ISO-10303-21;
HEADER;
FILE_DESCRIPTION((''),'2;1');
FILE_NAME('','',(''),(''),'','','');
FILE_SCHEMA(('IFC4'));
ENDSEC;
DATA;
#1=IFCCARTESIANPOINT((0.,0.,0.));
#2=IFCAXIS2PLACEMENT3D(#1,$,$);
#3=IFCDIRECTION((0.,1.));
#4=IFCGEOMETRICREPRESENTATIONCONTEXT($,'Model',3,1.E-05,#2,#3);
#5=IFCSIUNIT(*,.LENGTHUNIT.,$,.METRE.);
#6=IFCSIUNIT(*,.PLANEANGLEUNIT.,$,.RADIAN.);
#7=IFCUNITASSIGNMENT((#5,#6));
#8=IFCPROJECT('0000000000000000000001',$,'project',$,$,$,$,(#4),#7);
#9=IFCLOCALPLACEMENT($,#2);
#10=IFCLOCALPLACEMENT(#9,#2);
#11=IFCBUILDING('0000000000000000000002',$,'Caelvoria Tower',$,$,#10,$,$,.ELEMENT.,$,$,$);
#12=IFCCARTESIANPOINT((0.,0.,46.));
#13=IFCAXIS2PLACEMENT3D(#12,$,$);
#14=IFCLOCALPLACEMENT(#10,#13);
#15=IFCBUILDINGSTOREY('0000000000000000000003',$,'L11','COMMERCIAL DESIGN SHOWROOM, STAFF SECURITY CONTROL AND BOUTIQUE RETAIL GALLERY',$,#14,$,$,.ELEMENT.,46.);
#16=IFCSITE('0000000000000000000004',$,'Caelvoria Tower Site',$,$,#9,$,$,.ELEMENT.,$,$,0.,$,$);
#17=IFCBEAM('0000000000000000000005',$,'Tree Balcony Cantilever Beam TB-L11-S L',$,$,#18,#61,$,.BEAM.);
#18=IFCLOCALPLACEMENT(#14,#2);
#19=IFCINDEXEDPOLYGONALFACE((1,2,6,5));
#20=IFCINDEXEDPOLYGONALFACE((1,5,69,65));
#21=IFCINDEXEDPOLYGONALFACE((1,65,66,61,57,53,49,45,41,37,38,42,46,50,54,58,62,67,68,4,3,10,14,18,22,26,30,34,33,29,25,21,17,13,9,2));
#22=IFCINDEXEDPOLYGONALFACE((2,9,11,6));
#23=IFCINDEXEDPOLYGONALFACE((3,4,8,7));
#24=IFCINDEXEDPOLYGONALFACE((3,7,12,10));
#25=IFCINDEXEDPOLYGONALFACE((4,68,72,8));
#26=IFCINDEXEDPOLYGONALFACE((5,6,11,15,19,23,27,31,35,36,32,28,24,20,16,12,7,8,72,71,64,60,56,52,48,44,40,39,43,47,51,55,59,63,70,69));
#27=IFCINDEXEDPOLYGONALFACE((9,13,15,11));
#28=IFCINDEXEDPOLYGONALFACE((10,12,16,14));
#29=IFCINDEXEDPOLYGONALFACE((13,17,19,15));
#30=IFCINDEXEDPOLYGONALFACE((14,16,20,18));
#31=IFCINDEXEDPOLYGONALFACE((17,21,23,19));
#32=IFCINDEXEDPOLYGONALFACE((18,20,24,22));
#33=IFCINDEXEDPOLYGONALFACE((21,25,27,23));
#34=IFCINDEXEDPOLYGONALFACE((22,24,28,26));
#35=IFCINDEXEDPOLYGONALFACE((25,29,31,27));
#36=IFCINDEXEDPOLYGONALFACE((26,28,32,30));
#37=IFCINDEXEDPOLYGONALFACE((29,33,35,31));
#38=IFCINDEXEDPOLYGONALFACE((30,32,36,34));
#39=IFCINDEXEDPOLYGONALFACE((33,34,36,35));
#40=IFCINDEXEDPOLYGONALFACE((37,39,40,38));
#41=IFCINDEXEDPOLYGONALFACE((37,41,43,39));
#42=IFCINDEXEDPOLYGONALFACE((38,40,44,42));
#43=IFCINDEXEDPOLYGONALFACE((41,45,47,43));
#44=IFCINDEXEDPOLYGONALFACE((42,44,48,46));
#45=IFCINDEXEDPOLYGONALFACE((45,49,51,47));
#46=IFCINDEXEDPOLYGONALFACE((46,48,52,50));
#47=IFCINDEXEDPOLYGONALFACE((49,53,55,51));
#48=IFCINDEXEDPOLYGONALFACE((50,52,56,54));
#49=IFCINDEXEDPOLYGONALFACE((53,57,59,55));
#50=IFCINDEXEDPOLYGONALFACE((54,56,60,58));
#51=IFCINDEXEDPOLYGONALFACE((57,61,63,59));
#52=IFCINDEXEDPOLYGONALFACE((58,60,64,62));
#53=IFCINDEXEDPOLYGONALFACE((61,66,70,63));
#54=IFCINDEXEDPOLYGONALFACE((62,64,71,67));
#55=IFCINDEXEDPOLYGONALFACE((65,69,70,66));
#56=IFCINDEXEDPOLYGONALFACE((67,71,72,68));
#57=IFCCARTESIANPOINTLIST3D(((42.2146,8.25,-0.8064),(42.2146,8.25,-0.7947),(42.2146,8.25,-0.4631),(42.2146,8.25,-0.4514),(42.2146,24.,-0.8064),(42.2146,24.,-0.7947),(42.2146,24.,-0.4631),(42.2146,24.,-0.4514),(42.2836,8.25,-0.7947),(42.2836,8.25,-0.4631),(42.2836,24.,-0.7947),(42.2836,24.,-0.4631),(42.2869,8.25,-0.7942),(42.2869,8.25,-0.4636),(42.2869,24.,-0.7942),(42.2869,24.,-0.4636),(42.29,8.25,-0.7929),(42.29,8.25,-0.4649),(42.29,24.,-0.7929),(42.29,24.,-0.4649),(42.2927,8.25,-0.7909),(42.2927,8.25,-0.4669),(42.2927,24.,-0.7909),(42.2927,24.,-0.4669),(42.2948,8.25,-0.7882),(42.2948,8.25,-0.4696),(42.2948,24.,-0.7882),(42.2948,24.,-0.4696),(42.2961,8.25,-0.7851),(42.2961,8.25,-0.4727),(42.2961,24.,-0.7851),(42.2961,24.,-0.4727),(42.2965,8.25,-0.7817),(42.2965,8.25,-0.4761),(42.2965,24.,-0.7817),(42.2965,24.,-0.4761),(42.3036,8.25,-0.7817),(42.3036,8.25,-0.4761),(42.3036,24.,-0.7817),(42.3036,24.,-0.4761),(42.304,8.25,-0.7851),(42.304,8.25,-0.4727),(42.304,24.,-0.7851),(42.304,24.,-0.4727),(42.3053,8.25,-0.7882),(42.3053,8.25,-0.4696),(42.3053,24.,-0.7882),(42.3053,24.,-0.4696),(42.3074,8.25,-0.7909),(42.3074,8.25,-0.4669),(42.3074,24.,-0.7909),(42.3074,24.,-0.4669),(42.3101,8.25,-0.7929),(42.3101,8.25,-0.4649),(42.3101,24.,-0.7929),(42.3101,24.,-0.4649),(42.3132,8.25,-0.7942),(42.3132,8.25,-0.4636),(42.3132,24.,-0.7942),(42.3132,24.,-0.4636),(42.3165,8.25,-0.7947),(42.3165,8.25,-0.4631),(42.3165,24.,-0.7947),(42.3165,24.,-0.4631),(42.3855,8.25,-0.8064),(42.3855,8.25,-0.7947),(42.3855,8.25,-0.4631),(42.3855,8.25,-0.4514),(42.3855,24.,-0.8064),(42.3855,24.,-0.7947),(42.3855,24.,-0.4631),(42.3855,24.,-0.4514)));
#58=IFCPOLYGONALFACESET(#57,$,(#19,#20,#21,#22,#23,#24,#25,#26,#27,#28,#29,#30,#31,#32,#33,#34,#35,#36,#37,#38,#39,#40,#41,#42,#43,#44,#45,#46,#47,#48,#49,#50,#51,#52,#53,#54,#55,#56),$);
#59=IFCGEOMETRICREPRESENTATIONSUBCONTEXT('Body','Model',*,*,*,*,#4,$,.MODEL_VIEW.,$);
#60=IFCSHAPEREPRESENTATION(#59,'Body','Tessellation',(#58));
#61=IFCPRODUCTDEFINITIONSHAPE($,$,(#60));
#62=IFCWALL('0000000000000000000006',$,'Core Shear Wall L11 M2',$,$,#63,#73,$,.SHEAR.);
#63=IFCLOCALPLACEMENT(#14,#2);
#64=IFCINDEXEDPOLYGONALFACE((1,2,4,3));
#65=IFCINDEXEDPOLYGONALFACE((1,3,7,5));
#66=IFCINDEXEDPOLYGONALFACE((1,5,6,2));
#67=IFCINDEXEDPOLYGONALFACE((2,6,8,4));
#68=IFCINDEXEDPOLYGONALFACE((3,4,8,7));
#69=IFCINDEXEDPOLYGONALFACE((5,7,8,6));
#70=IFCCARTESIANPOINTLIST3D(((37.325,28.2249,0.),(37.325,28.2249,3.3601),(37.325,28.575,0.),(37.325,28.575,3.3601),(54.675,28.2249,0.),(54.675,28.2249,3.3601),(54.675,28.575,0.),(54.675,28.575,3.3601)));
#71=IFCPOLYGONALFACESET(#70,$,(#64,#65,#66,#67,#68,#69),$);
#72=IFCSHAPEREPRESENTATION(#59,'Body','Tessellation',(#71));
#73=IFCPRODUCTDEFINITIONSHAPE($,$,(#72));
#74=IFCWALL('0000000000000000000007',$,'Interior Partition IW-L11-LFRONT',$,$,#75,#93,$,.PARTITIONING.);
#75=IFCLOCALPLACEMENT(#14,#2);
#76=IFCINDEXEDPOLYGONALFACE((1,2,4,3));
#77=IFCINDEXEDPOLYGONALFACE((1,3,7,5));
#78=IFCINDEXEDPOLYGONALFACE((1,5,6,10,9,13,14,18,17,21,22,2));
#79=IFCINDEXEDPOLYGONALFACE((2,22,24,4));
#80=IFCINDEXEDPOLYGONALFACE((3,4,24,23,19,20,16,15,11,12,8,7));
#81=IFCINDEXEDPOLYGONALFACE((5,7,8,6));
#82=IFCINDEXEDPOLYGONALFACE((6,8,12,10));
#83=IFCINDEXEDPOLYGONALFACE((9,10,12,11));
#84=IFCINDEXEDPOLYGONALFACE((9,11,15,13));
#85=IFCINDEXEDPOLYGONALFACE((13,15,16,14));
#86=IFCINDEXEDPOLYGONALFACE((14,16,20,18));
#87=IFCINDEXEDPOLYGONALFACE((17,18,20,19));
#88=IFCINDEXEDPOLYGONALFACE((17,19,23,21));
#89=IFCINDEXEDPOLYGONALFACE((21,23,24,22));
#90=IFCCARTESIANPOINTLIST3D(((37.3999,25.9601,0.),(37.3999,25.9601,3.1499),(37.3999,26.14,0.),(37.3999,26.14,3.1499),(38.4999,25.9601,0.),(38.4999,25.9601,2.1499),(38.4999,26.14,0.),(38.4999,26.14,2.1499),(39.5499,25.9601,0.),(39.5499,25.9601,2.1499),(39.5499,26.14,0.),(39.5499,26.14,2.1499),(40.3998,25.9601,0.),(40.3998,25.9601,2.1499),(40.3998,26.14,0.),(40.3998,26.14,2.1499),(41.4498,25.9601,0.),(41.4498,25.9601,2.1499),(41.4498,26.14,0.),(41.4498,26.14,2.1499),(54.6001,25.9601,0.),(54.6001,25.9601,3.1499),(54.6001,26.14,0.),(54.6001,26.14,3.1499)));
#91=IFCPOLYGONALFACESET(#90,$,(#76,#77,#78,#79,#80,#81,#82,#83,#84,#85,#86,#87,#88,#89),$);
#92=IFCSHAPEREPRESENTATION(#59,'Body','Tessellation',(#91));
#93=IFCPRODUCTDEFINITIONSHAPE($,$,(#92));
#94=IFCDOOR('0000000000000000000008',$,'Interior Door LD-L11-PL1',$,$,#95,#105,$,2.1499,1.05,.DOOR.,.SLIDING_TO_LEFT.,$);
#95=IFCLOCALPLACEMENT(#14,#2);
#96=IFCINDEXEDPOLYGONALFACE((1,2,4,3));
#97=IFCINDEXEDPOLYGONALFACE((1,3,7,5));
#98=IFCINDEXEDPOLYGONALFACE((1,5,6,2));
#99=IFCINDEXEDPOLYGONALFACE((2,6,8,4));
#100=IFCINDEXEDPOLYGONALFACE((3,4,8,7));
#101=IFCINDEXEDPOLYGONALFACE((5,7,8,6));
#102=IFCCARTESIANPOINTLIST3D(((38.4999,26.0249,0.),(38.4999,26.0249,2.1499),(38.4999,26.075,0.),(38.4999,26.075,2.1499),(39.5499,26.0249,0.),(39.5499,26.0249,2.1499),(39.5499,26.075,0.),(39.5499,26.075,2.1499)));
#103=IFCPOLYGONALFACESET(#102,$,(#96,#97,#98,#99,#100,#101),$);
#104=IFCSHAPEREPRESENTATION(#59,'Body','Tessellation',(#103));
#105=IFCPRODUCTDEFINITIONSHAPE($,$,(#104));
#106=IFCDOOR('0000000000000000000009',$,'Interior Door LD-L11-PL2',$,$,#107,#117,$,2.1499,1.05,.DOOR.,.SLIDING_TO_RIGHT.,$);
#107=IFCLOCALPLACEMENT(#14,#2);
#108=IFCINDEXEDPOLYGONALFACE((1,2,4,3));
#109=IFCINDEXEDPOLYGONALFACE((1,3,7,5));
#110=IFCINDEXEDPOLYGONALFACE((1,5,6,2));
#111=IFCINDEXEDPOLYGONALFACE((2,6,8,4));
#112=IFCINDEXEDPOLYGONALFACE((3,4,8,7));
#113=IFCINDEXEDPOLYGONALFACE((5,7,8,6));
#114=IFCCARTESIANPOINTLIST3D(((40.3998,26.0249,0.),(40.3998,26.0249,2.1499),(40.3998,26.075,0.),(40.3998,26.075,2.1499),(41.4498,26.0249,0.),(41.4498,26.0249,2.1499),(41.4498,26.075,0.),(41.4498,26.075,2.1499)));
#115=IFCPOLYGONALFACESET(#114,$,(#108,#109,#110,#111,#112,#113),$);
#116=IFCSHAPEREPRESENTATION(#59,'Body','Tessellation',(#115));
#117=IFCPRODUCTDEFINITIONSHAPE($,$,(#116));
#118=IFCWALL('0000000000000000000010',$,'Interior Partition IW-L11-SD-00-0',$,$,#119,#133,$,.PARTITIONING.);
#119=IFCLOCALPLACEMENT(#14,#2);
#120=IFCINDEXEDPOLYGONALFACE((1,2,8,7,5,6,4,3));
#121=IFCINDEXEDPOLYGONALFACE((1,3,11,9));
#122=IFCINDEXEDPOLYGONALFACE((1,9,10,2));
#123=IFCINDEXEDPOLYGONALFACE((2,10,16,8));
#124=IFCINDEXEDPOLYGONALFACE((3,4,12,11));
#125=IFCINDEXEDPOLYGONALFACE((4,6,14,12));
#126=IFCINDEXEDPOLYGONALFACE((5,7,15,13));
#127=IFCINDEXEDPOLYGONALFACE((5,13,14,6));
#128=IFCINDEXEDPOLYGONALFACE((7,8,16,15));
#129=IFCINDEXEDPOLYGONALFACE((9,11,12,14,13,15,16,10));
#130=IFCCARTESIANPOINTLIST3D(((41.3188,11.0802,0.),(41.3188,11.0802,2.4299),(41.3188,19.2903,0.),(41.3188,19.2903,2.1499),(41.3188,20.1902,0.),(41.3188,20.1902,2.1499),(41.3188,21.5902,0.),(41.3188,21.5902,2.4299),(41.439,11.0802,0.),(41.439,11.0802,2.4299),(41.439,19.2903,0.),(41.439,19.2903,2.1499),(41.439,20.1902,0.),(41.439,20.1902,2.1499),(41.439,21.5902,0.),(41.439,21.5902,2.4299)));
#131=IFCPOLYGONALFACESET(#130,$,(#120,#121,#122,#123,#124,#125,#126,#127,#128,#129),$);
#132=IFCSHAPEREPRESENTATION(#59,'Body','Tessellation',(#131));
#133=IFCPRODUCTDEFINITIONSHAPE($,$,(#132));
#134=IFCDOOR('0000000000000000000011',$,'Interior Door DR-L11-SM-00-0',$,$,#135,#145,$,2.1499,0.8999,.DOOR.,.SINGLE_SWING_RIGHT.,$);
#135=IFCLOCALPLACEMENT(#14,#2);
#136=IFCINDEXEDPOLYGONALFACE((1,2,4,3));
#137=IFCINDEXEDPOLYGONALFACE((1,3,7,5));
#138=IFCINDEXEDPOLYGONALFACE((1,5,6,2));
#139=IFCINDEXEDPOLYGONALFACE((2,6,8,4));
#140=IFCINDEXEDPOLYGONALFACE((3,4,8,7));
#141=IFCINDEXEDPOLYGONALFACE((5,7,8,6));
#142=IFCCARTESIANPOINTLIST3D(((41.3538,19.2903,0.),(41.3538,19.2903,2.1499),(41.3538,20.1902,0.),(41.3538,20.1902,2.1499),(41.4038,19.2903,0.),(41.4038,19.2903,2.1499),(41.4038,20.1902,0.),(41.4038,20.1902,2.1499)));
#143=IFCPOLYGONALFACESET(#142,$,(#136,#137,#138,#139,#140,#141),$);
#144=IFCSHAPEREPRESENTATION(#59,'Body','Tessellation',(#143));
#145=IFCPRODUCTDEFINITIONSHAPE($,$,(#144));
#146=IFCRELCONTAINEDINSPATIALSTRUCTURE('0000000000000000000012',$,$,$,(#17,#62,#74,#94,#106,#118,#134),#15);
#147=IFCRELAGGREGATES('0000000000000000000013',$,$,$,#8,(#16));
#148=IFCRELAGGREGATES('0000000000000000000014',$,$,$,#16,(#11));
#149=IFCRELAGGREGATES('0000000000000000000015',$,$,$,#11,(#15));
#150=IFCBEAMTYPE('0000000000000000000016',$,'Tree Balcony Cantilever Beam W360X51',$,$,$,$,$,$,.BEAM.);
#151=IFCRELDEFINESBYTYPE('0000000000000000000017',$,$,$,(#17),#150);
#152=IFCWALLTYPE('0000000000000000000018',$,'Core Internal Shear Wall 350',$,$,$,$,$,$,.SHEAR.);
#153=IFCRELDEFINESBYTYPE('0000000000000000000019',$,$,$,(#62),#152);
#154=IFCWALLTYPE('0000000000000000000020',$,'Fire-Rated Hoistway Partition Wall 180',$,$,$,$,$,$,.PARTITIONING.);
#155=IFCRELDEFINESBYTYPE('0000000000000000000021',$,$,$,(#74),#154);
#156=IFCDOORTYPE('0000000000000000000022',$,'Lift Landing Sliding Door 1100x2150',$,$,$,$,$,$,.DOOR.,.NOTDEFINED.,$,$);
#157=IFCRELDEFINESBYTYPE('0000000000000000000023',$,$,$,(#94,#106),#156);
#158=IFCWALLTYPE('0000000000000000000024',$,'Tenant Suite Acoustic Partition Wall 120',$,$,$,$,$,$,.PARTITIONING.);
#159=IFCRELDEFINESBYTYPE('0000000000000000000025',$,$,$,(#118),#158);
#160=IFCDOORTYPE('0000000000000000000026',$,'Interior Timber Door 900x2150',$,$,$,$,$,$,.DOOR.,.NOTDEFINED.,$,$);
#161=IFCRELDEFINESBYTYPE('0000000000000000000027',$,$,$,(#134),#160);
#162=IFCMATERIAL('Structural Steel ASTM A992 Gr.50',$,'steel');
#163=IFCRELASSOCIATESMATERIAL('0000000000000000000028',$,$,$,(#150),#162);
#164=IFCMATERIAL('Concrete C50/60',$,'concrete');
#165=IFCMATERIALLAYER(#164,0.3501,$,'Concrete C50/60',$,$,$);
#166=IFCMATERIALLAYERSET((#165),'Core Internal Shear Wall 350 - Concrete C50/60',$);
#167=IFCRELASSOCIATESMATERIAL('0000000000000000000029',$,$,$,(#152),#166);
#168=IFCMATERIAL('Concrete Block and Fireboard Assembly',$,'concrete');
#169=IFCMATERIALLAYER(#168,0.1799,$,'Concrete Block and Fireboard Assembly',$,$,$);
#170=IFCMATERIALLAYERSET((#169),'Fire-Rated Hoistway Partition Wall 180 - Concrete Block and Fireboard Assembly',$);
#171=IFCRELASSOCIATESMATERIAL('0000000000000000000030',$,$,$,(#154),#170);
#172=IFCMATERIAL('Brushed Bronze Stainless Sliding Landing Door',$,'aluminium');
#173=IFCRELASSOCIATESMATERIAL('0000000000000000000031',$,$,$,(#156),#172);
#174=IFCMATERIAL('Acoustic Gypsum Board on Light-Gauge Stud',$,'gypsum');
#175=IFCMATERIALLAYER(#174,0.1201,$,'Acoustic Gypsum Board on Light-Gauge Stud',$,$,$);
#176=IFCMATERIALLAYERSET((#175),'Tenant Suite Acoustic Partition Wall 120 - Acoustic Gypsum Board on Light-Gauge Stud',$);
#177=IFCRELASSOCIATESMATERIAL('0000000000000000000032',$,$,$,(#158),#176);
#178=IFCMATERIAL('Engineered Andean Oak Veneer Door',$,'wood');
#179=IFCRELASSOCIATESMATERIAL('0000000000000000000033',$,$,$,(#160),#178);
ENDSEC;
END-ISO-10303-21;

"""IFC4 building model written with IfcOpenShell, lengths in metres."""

from ifc_helpers import new_model, si_unit, direction, frame, frame_2d, origin, origin_2d, place, context, subcontext, project, spatial, rectangle, i_section, extrude, material, layer, layer_set, material_profile, profile_set, type_object, element, fill, save


model = new_model("IFC4")

# Units and contexts
model_context = context("Model", 3, precision=1e-05, world=origin(), true_north=direction((0.0, 1.0)))
body_context = subcontext(model_context, "Body", "Model", "MODEL_VIEW")
ifc_project = project(units=[si_unit("LENGTHUNIT", "METRE"), si_unit("PLANEANGLEUNIT", "RADIAN")], contexts=[model_context])

# Site, building, storey
site_placement = place(None, origin())
site = spatial("IfcSite", under=ifc_project, at=site_placement, Name="Caelvoria Tower Site", CompositionType="ELEMENT", RefElevation=0.0)
building_placement = place(site_placement, origin())
building = spatial("IfcBuilding", under=site, at=building_placement, Name="Caelvoria Tower", CompositionType="ELEMENT")
storey_placement = place(building_placement, frame((0.0, 0.0, 46.0)))
storey = spatial("IfcBuildingStorey", under=building, at=storey_placement, Name="L11", Description="COMMERCIAL DESIGN SHOWROOM, STAFF SECURITY CONTROL AND BOUTIQUE RETAIL GALLERY", CompositionType="ELEMENT", Elevation=46.0)

# Beam
ifc_material_1 = material(Name="Structural Steel ASTM A992 Gr.50", Category="steel")
ifc_material_profile_1 = material_profile(ifc_material_1, i_section(OverallWidth=0.1709, OverallDepth=0.355, WebThickness=0.0071, FlangeThickness=0.0117, FilletRadius=0.0129, at=origin_2d()), Name="Structural Steel ASTM A992 Gr.50")
ifc_profile_set_1 = profile_set([ifc_material_profile_1], Name="W360X51 - Structural Steel ASTM A992 Gr.50")
beam_type_1 = type_object("IfcBeamType", Name="Tree Balcony Cantilever Beam W360X51", PredefinedType="BEAM", material=ifc_profile_set_1)
beam_1_placement = place(storey_placement, frame((42.3, 24.0, -0.6289), z_axis=(0.0, -1.0, 0.0), x_axis=(1.0, 0.0, 0.0)))
element("IfcBeam", 1, at=beam_1_placement, inside=storey, type_object=beam_type_1, Name="Tree Balcony Cantilever Beam TB-L11-S L", PredefinedType="BEAM", context=body_context, shape_type="SweptSolid", body=[
    extrude(i_section(OverallWidth=0.1709, OverallDepth=0.355, WebThickness=0.0071, FlangeThickness=0.0117, FilletRadius=0.0129, at=origin_2d()), origin(), (0.0, 0.0, 1.0), 15.75),
])

# Wall
ifc_material_2 = material(Name="Concrete C50/60", Category="concrete")
ifc_layer_1 = layer(ifc_material_2, 0.3501, Name="Concrete C50/60")
ifc_layer_set_1 = layer_set([ifc_layer_1], Name="Core Internal Shear Wall 350 - Concrete C50/60")
wall_type_1 = type_object("IfcWallType", Name="Core Internal Shear Wall 350", PredefinedType="SHEAR", material=ifc_layer_set_1)
wall_1_placement = place(storey_placement, frame((37.325, 28.3999, 0.0), z_axis=(0.0, 0.0, 1.0), x_axis=(1.0, 0.0, 0.0)))
element("IfcWall", 2, at=wall_1_placement, inside=storey, type_object=wall_type_1, Name="Core Shear Wall L11 M2", PredefinedType="SHEAR", context=body_context, shape_type="SweptSolid", body=[
    extrude(rectangle(XDim=17.3501, YDim=0.3501, at=frame_2d((8.675, 0.0))), origin(), (0.0, 0.0, 1.0), 3.3601),
])

# Wall, openings, doors
ifc_material_3 = material(Name="Concrete Block and Fireboard Assembly", Category="concrete")
ifc_layer_2 = layer(ifc_material_3, 0.1799, Name="Concrete Block and Fireboard Assembly")
ifc_layer_set_2 = layer_set([ifc_layer_2], Name="Fire-Rated Hoistway Partition Wall 180 - Concrete Block and Fireboard Assembly")
wall_type_2 = type_object("IfcWallType", Name="Fire-Rated Hoistway Partition Wall 180", PredefinedType="PARTITIONING", material=ifc_layer_set_2)
wall_2_placement = place(storey_placement, frame((37.3999, 26.05, 0.0), z_axis=(0.0, 0.0, 1.0), x_axis=(1.0, 0.0, 0.0)))
wall_2 = element("IfcWall", 3, at=wall_2_placement, inside=storey, type_object=wall_type_2, Name="Interior Partition IW-L11-LFRONT", PredefinedType="PARTITIONING", context=body_context, shape_type="SweptSolid", body=[
    extrude(rectangle(XDim=17.2002, YDim=0.1799, at=frame_2d((8.6001, 0.0))), origin(), (0.0, 0.0, 1.0), 3.1499),
])
opening_1_placement = place(wall_2_placement, frame((1.1001, 0.0, 0.0)))
opening_1 = element("IfcOpeningElement", 4, at=opening_1_placement, cuts=wall_2, PredefinedType="OPENING", context=body_context, shape_type="SweptSolid", body=[
    extrude(rectangle(XDim=1.05, YDim=2.1499, at=frame_2d((0.5249, 1.075))), frame((0.0, 0.0999, 0.0), z_axis=(0.0, -1.0, 0.0), x_axis=(1.0, 0.0, 0.0)), (0.0, 0.0, 1.0), 0.2),
])
opening_2_placement = place(wall_2_placement, frame((3.0, 0.0, 0.0)))
opening_2 = element("IfcOpeningElement", 5, at=opening_2_placement, cuts=wall_2, PredefinedType="OPENING", context=body_context, shape_type="SweptSolid", body=[
    extrude(rectangle(XDim=1.05, YDim=2.1499, at=frame_2d((0.5249, 1.075))), frame((0.0, 0.0999, 0.0), z_axis=(0.0, -1.0, 0.0), x_axis=(1.0, 0.0, 0.0)), (0.0, 0.0, 1.0), 0.2),
])
ifc_material_4 = material(Name="Brushed Bronze Stainless Sliding Landing Door", Category="aluminium")
door_type_1 = type_object("IfcDoorType", Name="Lift Landing Sliding Door 1100x2150", OperationType="NOTDEFINED", PredefinedType="DOOR", material=ifc_material_4)
door_1_placement = place(opening_1_placement, origin())
door_1 = element("IfcDoor", 6, at=door_1_placement, inside=storey, type_object=door_type_1, Name="Interior Door LD-L11-PL1", OperationType="SLIDING_TO_LEFT", OverallHeight=2.1499, OverallWidth=1.05, PredefinedType="DOOR", context=body_context, shape_type="SweptSolid", body=[
    extrude(rectangle(XDim=1.05, YDim=2.1499, at=frame_2d((0.5249, 1.075))), frame((0.0, 0.0249, 0.0), z_axis=(0.0, -1.0, 0.0), x_axis=(1.0, 0.0, 0.0)), (0.0, 0.0, 1.0), 0.05),
])
fill(opening_1, door_1)
door_2_placement = place(opening_2_placement, origin())
door_2 = element("IfcDoor", 7, at=door_2_placement, inside=storey, type_object=door_type_1, Name="Interior Door LD-L11-PL2", OperationType="SLIDING_TO_RIGHT", OverallHeight=2.1499, OverallWidth=1.05, PredefinedType="DOOR", context=body_context, shape_type="SweptSolid", body=[
    extrude(rectangle(XDim=1.05, YDim=2.1499, at=frame_2d((0.5249, 1.075))), frame((0.0, 0.0249, 0.0), z_axis=(0.0, -1.0, 0.0), x_axis=(1.0, 0.0, 0.0)), (0.0, 0.0, 1.0), 0.05),
])
fill(opening_2, door_2)

# Wall, opening, door
ifc_material_5 = material(Name="Acoustic Gypsum Board on Light-Gauge Stud", Category="gypsum")
ifc_layer_3 = layer(ifc_material_5, 0.1201, Name="Acoustic Gypsum Board on Light-Gauge Stud")
ifc_layer_set_3 = layer_set([ifc_layer_3], Name="Tenant Suite Acoustic Partition Wall 120 - Acoustic Gypsum Board on Light-Gauge Stud")
wall_type_3 = type_object("IfcWallType", Name="Tenant Suite Acoustic Partition Wall 120", PredefinedType="PARTITIONING", material=ifc_layer_set_3)
wall_3_placement = place(storey_placement, frame((41.3789, 21.5901, 0.0), z_axis=(0.0, 0.0, 1.0), x_axis=(0.0, -1.0, 0.0)))
wall_3 = element("IfcWall", 8, at=wall_3_placement, inside=storey, type_object=wall_type_3, Name="Interior Partition IW-L11-SD-00-0", PredefinedType="PARTITIONING", context=body_context, shape_type="SweptSolid", body=[
    extrude(rectangle(XDim=10.51, YDim=0.1201, at=frame_2d((5.2549, 0.0))), origin(), (0.0, 0.0, 1.0), 2.4299),
])
opening_3_placement = place(wall_3_placement, frame((1.3999, 0.0, 0.0)))
opening_3 = element("IfcOpeningElement", 9, at=opening_3_placement, cuts=wall_3, PredefinedType="OPENING", context=body_context, shape_type="SweptSolid", body=[
    extrude(rectangle(XDim=0.8999, YDim=2.1499, at=frame_2d((0.45, 1.075))), frame((0.0, 0.0701, 0.0), z_axis=(0.0, -1.0, 0.0), x_axis=(1.0, 0.0, 0.0)), (0.0, 0.0, 1.0), 0.1401),
])
ifc_material_6 = material(Name="Engineered Andean Oak Veneer Door", Category="wood")
door_type_2 = type_object("IfcDoorType", Name="Interior Timber Door 900x2150", OperationType="NOTDEFINED", PredefinedType="DOOR", material=ifc_material_6)
door_3_placement = place(opening_3_placement, origin())
door_3 = element("IfcDoor", 10, at=door_3_placement, inside=storey, type_object=door_type_2, Name="Interior Door DR-L11-SM-00-0", OperationType="SINGLE_SWING_RIGHT", OverallHeight=2.1499, OverallWidth=0.8999, PredefinedType="DOOR", context=body_context, shape_type="SweptSolid", body=[
    extrude(rectangle(XDim=0.8999, YDim=2.1499, at=frame_2d((0.45, 1.075))), frame((0.0, 0.0249, 0.0), z_axis=(0.0, -1.0, 0.0), x_axis=(1.0, 0.0, 0.0)), (0.0, 0.0, 1.0), 0.05),
])
fill(opening_3, door_3)

save(model, "model.ifc")
